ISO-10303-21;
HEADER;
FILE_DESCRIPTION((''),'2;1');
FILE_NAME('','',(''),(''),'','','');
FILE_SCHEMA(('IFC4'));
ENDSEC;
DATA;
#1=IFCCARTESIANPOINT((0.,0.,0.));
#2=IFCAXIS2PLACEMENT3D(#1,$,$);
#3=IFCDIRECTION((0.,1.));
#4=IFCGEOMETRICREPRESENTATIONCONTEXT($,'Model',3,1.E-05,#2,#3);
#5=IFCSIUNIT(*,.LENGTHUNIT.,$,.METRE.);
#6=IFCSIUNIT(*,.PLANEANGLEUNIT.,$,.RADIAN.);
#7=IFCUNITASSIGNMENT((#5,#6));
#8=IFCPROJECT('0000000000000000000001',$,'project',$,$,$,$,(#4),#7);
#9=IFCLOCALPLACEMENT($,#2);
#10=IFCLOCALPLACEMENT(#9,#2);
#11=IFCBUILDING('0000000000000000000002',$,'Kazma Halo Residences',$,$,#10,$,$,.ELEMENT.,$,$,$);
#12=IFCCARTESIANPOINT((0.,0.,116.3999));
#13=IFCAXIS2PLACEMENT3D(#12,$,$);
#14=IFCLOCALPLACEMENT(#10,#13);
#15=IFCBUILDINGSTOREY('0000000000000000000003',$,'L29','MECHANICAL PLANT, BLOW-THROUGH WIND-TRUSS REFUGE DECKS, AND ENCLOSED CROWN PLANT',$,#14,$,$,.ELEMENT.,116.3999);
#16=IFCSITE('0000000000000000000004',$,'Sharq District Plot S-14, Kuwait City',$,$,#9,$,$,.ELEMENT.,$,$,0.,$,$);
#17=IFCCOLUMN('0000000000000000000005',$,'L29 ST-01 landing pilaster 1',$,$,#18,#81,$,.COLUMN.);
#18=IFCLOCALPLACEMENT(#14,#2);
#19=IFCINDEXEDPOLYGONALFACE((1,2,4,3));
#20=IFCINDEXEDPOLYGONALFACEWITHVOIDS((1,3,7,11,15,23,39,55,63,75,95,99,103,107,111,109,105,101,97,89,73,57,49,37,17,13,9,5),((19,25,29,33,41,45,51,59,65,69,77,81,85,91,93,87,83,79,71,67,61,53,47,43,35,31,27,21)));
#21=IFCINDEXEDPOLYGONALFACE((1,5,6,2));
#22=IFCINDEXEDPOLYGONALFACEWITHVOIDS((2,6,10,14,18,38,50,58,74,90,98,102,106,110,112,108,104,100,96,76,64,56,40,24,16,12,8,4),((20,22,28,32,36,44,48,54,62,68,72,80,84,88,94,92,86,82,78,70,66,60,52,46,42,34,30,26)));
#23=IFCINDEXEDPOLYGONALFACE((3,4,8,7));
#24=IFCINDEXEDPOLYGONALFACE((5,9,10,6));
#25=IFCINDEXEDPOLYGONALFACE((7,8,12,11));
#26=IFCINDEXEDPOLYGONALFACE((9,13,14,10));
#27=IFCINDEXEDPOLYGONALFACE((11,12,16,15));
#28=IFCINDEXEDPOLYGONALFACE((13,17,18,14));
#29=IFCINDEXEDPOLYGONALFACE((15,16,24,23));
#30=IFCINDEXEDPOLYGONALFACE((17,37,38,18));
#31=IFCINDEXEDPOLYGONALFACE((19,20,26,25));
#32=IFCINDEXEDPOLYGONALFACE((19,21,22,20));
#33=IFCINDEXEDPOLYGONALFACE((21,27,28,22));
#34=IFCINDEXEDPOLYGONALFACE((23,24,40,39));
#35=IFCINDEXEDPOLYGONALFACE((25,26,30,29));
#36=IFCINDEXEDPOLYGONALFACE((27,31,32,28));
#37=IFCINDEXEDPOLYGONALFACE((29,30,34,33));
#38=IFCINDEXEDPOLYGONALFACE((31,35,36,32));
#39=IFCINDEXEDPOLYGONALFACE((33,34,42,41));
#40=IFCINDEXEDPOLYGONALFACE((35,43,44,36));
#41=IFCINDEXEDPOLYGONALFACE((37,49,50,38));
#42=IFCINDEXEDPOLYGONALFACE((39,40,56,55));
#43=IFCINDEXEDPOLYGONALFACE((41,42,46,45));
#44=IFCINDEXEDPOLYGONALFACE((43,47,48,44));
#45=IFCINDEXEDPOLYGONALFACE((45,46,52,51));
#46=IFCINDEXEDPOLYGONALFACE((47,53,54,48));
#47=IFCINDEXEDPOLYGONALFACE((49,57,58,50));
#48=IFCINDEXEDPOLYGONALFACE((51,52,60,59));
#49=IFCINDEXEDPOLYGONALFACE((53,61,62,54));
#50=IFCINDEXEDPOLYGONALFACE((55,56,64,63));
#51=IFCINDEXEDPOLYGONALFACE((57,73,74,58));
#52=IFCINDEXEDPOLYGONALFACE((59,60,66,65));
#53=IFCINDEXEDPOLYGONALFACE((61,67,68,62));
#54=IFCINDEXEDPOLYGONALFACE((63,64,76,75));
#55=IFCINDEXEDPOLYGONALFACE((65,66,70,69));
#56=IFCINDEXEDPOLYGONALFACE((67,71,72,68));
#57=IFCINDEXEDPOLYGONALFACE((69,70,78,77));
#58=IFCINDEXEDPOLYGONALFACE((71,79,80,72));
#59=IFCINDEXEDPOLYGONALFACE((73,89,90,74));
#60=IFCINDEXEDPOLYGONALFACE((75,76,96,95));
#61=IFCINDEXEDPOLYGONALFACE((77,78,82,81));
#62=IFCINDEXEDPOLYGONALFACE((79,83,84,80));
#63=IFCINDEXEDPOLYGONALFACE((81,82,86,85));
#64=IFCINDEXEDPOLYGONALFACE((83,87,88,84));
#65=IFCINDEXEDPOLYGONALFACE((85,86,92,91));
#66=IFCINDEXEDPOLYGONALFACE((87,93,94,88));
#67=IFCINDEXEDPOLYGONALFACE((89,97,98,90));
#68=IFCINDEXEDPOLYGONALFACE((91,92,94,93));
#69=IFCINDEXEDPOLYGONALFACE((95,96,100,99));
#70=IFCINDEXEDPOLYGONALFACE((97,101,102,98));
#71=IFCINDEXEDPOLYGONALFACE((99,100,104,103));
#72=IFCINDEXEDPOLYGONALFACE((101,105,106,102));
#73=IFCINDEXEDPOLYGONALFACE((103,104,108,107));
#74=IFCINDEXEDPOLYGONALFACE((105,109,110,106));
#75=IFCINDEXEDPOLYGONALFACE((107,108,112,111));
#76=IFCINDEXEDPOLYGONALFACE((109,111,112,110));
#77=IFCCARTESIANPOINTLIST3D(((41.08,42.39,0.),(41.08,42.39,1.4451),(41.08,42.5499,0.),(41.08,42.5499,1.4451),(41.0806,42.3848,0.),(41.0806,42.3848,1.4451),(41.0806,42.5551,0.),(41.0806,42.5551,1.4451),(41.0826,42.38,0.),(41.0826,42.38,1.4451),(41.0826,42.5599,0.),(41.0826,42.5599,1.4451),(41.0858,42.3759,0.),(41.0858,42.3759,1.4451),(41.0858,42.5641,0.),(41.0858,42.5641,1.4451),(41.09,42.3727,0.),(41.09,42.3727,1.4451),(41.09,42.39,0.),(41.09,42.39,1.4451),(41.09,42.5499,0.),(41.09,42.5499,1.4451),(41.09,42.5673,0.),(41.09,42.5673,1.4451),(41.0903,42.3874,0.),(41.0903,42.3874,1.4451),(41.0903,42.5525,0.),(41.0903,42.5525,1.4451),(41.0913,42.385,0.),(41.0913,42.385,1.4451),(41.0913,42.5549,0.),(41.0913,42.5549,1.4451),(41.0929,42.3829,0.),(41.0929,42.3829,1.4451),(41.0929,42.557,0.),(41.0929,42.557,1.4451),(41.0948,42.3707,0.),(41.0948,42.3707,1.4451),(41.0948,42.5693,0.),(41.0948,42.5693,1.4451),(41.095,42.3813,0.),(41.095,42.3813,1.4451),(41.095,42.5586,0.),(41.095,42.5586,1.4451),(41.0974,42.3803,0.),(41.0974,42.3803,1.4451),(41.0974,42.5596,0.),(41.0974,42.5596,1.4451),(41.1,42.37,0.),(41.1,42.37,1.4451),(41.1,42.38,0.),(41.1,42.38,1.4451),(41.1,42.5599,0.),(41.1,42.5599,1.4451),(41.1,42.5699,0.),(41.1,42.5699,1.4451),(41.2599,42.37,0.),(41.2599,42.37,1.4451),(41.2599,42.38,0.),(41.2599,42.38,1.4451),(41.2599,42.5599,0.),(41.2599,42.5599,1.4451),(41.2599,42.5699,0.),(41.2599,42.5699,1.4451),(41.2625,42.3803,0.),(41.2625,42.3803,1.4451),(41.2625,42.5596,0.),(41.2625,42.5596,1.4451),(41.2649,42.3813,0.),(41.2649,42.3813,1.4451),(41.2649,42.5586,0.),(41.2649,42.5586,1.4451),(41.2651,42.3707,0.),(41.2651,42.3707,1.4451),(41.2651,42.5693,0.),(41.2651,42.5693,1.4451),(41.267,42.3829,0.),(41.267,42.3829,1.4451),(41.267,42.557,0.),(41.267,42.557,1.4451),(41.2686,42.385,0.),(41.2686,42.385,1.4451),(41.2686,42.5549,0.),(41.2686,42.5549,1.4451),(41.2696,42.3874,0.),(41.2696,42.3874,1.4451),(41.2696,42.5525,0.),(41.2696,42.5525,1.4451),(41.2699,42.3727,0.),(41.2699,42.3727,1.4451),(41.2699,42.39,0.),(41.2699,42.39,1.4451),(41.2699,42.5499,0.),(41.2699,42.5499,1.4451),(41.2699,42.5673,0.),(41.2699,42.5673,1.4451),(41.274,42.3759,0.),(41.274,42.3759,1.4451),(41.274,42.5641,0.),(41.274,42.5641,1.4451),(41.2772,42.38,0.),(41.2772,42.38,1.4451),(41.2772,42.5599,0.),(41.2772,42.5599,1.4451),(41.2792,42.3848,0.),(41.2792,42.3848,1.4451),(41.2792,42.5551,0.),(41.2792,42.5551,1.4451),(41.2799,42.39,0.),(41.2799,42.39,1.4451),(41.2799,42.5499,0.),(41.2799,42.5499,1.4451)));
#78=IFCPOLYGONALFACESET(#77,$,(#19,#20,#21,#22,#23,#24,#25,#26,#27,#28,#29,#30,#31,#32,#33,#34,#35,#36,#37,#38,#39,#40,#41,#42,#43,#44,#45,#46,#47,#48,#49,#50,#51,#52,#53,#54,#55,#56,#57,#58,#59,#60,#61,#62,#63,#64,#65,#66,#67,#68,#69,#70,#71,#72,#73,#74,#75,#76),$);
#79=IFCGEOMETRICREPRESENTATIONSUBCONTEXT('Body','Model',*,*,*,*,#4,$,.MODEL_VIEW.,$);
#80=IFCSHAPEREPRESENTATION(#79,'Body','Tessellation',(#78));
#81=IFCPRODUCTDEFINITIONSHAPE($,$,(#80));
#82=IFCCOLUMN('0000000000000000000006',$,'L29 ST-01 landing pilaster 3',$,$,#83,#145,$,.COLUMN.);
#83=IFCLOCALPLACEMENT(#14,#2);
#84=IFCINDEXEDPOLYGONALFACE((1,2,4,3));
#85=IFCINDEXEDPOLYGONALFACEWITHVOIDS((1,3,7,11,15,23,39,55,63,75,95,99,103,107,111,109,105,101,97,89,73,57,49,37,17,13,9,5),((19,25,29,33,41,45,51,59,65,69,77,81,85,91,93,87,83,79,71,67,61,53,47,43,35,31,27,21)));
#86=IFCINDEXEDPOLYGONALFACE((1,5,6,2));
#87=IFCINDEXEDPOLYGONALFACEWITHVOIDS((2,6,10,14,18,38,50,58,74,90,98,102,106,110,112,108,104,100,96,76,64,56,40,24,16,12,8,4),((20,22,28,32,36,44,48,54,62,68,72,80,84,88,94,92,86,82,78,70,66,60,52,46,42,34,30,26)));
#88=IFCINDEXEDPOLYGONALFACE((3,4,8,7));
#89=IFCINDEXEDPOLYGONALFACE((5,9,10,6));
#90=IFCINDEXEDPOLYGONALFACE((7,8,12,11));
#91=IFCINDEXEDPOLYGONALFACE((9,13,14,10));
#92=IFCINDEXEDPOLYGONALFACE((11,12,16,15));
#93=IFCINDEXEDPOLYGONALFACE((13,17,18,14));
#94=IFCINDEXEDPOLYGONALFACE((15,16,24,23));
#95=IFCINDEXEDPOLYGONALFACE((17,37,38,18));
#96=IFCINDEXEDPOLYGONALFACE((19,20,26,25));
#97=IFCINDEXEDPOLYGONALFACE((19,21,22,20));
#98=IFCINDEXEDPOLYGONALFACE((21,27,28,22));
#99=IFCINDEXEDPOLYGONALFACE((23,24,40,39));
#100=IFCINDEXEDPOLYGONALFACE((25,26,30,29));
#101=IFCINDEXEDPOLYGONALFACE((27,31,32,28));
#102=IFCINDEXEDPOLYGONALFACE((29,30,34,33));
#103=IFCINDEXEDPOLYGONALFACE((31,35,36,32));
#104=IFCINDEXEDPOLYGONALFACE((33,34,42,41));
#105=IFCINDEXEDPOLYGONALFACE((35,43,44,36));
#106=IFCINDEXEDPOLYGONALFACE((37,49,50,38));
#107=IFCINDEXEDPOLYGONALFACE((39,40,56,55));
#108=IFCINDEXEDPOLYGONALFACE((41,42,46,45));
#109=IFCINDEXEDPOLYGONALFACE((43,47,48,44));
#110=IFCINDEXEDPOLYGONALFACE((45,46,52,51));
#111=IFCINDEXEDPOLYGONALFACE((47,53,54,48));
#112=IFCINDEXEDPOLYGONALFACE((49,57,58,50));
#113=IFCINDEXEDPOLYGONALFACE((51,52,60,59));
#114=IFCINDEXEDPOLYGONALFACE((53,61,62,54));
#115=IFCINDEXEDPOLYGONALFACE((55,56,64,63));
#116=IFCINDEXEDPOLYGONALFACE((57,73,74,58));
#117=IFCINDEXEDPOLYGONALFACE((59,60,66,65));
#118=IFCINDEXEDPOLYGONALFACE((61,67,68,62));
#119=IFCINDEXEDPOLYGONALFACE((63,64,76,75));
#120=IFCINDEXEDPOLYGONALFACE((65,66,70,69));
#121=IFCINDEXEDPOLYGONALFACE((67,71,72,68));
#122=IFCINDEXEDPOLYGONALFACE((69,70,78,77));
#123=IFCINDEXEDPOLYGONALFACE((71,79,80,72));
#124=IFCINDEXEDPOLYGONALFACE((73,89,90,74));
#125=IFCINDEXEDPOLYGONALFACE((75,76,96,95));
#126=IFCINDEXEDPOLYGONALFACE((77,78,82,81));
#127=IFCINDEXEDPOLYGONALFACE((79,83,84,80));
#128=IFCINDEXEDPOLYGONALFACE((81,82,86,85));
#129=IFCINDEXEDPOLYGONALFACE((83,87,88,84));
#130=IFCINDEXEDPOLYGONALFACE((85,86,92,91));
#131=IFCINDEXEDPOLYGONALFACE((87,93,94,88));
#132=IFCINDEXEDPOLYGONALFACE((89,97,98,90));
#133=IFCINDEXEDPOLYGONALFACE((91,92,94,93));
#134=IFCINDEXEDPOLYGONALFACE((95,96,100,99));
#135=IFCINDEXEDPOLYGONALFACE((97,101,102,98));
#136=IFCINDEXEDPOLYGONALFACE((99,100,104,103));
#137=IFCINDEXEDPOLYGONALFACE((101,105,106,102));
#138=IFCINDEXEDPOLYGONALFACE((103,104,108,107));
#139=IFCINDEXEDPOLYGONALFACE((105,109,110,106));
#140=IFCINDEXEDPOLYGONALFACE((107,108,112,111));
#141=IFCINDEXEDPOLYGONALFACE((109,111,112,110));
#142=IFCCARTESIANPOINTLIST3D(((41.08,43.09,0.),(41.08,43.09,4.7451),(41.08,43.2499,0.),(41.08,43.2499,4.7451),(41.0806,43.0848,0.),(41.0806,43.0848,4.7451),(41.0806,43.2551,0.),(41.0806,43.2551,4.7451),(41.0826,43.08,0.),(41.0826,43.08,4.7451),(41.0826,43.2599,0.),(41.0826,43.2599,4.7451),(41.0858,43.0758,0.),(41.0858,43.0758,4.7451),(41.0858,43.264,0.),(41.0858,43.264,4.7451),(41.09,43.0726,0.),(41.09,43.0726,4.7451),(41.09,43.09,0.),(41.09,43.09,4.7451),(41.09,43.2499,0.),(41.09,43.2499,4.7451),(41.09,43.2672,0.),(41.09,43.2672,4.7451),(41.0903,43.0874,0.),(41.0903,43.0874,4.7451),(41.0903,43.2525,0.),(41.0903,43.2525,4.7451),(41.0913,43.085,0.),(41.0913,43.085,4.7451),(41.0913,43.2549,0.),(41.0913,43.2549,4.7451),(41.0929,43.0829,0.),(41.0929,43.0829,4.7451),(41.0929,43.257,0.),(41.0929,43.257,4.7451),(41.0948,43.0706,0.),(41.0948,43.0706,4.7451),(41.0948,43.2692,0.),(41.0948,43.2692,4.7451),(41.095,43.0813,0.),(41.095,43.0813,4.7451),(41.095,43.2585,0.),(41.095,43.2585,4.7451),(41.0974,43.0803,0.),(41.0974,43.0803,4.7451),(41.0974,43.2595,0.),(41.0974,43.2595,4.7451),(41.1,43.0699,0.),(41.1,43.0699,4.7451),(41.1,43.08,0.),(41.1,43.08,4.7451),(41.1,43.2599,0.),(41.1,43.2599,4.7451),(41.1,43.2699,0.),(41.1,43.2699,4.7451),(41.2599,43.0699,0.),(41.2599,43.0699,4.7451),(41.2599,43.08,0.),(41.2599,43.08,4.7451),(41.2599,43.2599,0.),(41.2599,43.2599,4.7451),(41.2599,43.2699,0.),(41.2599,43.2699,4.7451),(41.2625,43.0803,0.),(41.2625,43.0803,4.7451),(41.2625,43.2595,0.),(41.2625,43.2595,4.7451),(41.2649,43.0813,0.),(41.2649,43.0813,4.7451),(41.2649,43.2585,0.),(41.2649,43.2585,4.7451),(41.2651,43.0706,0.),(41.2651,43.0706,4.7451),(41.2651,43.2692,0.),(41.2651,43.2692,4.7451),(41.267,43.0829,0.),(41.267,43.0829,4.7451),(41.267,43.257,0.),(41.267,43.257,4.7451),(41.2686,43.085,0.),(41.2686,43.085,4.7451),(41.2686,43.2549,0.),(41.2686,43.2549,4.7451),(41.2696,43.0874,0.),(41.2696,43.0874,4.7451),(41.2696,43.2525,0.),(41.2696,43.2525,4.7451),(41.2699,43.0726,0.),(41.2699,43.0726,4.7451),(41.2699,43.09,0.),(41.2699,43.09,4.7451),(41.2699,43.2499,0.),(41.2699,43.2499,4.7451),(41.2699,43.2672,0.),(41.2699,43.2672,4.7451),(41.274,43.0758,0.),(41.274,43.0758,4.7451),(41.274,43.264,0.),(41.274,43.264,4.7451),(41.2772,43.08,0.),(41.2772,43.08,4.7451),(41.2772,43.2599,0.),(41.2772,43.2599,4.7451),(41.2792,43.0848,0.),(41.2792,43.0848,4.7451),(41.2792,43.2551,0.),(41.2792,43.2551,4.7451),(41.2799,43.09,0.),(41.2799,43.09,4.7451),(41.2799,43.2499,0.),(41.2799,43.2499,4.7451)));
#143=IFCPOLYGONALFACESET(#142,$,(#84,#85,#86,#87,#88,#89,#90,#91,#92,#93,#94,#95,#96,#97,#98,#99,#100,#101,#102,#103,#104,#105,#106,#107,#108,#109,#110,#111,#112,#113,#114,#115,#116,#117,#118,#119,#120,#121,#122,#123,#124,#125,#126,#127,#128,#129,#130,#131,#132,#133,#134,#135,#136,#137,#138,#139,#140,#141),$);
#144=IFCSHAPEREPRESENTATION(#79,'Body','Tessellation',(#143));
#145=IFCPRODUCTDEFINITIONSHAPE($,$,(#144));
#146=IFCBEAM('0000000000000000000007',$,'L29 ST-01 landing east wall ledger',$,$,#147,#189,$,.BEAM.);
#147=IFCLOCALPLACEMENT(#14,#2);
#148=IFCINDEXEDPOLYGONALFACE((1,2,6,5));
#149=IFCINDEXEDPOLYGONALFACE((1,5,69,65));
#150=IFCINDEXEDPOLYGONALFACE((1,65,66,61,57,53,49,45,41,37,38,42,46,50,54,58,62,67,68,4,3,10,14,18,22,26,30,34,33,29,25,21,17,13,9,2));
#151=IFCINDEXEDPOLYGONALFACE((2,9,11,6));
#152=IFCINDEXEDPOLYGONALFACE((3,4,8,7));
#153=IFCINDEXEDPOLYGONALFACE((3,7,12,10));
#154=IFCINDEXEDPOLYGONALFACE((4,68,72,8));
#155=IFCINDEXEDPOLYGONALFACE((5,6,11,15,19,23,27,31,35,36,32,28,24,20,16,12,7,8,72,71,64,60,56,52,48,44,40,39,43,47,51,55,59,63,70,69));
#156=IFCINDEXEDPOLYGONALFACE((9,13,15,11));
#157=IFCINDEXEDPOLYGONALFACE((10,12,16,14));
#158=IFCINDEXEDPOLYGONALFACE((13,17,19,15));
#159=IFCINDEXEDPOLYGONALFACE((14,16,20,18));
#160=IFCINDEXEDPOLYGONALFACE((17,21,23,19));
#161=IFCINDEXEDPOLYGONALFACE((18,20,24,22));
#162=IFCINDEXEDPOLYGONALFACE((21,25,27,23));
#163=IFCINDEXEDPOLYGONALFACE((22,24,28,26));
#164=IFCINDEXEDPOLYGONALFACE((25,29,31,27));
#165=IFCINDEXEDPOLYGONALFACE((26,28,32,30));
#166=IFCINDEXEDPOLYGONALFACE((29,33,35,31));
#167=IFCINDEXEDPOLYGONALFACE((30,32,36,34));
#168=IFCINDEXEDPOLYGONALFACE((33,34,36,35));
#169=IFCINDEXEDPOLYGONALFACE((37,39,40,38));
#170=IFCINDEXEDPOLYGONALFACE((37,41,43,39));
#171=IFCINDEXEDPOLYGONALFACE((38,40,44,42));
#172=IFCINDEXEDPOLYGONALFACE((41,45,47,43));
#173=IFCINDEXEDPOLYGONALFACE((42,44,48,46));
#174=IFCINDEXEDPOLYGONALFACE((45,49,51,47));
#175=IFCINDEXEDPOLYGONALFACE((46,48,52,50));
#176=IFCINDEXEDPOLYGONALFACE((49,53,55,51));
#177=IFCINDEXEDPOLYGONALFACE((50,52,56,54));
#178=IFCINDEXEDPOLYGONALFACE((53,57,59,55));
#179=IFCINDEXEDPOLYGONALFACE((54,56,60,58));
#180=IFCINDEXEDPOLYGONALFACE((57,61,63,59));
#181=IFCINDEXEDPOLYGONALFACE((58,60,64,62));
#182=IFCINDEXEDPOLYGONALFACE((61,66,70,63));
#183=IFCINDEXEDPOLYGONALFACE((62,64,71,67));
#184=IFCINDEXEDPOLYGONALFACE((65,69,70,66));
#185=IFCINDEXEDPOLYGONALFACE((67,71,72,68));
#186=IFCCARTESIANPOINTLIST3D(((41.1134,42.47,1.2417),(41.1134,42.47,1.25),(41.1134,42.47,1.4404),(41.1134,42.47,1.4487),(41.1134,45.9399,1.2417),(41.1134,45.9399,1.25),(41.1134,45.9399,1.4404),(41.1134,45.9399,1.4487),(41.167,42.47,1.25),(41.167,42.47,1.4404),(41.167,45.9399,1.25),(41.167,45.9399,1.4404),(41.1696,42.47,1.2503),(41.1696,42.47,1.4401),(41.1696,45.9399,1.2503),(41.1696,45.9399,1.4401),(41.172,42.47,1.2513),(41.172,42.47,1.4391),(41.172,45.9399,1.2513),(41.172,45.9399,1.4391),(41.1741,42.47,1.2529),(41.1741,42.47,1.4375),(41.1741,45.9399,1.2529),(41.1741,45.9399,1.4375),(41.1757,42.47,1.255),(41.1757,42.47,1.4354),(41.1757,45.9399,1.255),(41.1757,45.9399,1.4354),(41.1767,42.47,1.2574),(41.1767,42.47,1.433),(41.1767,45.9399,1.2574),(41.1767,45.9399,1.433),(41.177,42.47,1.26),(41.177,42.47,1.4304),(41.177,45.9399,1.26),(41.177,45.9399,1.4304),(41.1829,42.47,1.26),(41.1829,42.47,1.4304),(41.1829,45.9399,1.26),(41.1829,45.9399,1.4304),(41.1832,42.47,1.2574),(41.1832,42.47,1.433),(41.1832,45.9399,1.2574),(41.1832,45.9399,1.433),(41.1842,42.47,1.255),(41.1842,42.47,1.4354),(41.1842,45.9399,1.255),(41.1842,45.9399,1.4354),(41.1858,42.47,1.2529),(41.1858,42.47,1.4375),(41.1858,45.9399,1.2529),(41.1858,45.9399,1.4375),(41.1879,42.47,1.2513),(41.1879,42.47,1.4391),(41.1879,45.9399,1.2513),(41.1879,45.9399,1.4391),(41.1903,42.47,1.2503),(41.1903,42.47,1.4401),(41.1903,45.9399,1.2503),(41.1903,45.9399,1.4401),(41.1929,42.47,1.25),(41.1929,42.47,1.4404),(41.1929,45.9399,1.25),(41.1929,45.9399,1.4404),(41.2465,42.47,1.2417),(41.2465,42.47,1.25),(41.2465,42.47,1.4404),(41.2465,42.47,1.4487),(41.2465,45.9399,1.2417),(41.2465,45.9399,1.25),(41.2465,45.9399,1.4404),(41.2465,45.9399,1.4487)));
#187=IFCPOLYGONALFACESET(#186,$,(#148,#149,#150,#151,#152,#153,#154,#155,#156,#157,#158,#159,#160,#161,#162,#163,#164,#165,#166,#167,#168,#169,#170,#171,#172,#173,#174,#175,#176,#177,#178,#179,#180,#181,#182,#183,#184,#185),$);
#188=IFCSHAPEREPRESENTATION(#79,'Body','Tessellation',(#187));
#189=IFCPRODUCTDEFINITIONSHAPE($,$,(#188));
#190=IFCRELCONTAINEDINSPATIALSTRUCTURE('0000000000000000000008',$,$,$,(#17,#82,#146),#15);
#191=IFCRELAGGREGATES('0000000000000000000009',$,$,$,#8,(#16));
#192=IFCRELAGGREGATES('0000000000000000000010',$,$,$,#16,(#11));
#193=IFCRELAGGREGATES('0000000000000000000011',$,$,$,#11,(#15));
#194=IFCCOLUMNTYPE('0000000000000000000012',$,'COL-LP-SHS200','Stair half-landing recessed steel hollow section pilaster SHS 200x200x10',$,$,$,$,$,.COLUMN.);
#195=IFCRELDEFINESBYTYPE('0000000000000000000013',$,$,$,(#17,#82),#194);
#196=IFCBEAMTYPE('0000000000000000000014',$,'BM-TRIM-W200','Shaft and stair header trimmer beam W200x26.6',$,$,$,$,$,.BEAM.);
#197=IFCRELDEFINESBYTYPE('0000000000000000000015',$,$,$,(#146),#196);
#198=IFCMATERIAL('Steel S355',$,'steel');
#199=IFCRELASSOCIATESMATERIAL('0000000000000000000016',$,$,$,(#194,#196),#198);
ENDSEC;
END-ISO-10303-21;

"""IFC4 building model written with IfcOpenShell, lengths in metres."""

from ifc_helpers import new_model, si_unit, direction, frame, origin, origin_2d, place, context, subcontext, project, spatial, hollow_rectangle, i_section, extrude, material, material_profile, profile_set, type_object, element, save


model = new_model("IFC4")

# Units and contexts
model_context = context("Model", 3, precision=1e-05, world=origin(), true_north=direction((0.0, 1.0)))
body_context = subcontext(model_context, "Body", "Model", "MODEL_VIEW")
ifc_project = project(units=[si_unit("LENGTHUNIT", "METRE"), si_unit("PLANEANGLEUNIT", "RADIAN")], contexts=[model_context])

# Site, building, storey
site_placement = place(None, origin())
site = spatial("IfcSite", under=ifc_project, at=site_placement, Name="Sharq District Plot S-14, Kuwait City", CompositionType="ELEMENT", RefElevation=0.0)
building_placement = place(site_placement, origin())
building = spatial("IfcBuilding", under=site, at=building_placement, Name="Kazma Halo Residences", CompositionType="ELEMENT")
storey_placement = place(building_placement, frame((0.0, 0.0, 116.3999)))
storey = spatial("IfcBuildingStorey", under=building, at=storey_placement, Name="L29", Description="MECHANICAL PLANT, BLOW-THROUGH WIND-TRUSS REFUGE DECKS, AND ENCLOSED CROWN PLANT", CompositionType="ELEMENT", Elevation=116.3999)

# Columns
ifc_material_1 = material(Name="Steel S355", Category="steel")
ifc_material_profile_1 = material_profile(ifc_material_1, hollow_rectangle(XDim=0.2, YDim=0.2, WallThickness=0.01, InnerFilletRadius=0.01, OuterFilletRadius=0.02, at=origin_2d()), Name="SHS200x200x10")
ifc_profile_set_1 = profile_set([ifc_material_profile_1], Name="Steel S355")
column_type = type_object("IfcColumnType", Name="COL-LP-SHS200", Description="Stair half-landing recessed steel hollow section pilaster SHS 200x200x10", PredefinedType="COLUMN", material=ifc_profile_set_1)
column_1_placement = place(storey_placement, frame((41.1799, 42.47, 0.0), z_axis=(0.0, 0.0, 1.0), x_axis=(1.0, 0.0, 0.0)))
element("IfcColumn", 1, at=column_1_placement, inside=storey, type_object=column_type, Name="L29 ST-01 landing pilaster 1", PredefinedType="COLUMN", context=body_context, shape_type="SweptSolid", body=[
    extrude(hollow_rectangle(XDim=0.2, YDim=0.2, WallThickness=0.01, InnerFilletRadius=0.01, OuterFilletRadius=0.02, at=origin_2d()), origin(), (0.0, 0.0, 1.0), 1.4451),
])
column_2_placement = place(storey_placement, frame((41.1799, 43.1699, 0.0), z_axis=(0.0, 0.0, 1.0), x_axis=(1.0, 0.0, 0.0)))
element("IfcColumn", 2, at=column_2_placement, inside=storey, type_object=column_type, Name="L29 ST-01 landing pilaster 3", PredefinedType="COLUMN", context=body_context, shape_type="SweptSolid", body=[
    extrude(hollow_rectangle(XDim=0.2, YDim=0.2, WallThickness=0.01, InnerFilletRadius=0.01, OuterFilletRadius=0.02, at=origin_2d()), origin(), (0.0, 0.0, 1.0), 4.7451),
])

# Beam
ifc_material_profile_2 = material_profile(ifc_material_1, i_section(OverallWidth=0.1331, OverallDepth=0.207, WebThickness=0.0059, FlangeThickness=0.0083, FilletRadius=0.01, at=origin_2d()), Name="W200x26.6")
ifc_profile_set_2 = profile_set([ifc_material_profile_2], Name="Steel S355")
beam_type = type_object("IfcBeamType", Name="BM-TRIM-W200", Description="Shaft and stair header trimmer beam W200x26.6", PredefinedType="BEAM", material=ifc_profile_set_2)
beam_1_placement = place(storey_placement, frame((41.1799, 42.47, 1.3452), z_axis=(0.0, 1.0, 0.0), x_axis=(-1.0, 0.0, 0.0)))
element("IfcBeam", 3, at=beam_1_placement, inside=storey, type_object=beam_type, Name="L29 ST-01 landing east wall ledger", PredefinedType="BEAM", context=body_context, shape_type="SweptSolid", body=[
    extrude(i_section(OverallWidth=0.1331, OverallDepth=0.207, WebThickness=0.0059, FlangeThickness=0.0083, FilletRadius=0.01, at=origin_2d()), origin(), (0.0, 0.0, 1.0), 3.47),
])

save(model, "model.ifc")
